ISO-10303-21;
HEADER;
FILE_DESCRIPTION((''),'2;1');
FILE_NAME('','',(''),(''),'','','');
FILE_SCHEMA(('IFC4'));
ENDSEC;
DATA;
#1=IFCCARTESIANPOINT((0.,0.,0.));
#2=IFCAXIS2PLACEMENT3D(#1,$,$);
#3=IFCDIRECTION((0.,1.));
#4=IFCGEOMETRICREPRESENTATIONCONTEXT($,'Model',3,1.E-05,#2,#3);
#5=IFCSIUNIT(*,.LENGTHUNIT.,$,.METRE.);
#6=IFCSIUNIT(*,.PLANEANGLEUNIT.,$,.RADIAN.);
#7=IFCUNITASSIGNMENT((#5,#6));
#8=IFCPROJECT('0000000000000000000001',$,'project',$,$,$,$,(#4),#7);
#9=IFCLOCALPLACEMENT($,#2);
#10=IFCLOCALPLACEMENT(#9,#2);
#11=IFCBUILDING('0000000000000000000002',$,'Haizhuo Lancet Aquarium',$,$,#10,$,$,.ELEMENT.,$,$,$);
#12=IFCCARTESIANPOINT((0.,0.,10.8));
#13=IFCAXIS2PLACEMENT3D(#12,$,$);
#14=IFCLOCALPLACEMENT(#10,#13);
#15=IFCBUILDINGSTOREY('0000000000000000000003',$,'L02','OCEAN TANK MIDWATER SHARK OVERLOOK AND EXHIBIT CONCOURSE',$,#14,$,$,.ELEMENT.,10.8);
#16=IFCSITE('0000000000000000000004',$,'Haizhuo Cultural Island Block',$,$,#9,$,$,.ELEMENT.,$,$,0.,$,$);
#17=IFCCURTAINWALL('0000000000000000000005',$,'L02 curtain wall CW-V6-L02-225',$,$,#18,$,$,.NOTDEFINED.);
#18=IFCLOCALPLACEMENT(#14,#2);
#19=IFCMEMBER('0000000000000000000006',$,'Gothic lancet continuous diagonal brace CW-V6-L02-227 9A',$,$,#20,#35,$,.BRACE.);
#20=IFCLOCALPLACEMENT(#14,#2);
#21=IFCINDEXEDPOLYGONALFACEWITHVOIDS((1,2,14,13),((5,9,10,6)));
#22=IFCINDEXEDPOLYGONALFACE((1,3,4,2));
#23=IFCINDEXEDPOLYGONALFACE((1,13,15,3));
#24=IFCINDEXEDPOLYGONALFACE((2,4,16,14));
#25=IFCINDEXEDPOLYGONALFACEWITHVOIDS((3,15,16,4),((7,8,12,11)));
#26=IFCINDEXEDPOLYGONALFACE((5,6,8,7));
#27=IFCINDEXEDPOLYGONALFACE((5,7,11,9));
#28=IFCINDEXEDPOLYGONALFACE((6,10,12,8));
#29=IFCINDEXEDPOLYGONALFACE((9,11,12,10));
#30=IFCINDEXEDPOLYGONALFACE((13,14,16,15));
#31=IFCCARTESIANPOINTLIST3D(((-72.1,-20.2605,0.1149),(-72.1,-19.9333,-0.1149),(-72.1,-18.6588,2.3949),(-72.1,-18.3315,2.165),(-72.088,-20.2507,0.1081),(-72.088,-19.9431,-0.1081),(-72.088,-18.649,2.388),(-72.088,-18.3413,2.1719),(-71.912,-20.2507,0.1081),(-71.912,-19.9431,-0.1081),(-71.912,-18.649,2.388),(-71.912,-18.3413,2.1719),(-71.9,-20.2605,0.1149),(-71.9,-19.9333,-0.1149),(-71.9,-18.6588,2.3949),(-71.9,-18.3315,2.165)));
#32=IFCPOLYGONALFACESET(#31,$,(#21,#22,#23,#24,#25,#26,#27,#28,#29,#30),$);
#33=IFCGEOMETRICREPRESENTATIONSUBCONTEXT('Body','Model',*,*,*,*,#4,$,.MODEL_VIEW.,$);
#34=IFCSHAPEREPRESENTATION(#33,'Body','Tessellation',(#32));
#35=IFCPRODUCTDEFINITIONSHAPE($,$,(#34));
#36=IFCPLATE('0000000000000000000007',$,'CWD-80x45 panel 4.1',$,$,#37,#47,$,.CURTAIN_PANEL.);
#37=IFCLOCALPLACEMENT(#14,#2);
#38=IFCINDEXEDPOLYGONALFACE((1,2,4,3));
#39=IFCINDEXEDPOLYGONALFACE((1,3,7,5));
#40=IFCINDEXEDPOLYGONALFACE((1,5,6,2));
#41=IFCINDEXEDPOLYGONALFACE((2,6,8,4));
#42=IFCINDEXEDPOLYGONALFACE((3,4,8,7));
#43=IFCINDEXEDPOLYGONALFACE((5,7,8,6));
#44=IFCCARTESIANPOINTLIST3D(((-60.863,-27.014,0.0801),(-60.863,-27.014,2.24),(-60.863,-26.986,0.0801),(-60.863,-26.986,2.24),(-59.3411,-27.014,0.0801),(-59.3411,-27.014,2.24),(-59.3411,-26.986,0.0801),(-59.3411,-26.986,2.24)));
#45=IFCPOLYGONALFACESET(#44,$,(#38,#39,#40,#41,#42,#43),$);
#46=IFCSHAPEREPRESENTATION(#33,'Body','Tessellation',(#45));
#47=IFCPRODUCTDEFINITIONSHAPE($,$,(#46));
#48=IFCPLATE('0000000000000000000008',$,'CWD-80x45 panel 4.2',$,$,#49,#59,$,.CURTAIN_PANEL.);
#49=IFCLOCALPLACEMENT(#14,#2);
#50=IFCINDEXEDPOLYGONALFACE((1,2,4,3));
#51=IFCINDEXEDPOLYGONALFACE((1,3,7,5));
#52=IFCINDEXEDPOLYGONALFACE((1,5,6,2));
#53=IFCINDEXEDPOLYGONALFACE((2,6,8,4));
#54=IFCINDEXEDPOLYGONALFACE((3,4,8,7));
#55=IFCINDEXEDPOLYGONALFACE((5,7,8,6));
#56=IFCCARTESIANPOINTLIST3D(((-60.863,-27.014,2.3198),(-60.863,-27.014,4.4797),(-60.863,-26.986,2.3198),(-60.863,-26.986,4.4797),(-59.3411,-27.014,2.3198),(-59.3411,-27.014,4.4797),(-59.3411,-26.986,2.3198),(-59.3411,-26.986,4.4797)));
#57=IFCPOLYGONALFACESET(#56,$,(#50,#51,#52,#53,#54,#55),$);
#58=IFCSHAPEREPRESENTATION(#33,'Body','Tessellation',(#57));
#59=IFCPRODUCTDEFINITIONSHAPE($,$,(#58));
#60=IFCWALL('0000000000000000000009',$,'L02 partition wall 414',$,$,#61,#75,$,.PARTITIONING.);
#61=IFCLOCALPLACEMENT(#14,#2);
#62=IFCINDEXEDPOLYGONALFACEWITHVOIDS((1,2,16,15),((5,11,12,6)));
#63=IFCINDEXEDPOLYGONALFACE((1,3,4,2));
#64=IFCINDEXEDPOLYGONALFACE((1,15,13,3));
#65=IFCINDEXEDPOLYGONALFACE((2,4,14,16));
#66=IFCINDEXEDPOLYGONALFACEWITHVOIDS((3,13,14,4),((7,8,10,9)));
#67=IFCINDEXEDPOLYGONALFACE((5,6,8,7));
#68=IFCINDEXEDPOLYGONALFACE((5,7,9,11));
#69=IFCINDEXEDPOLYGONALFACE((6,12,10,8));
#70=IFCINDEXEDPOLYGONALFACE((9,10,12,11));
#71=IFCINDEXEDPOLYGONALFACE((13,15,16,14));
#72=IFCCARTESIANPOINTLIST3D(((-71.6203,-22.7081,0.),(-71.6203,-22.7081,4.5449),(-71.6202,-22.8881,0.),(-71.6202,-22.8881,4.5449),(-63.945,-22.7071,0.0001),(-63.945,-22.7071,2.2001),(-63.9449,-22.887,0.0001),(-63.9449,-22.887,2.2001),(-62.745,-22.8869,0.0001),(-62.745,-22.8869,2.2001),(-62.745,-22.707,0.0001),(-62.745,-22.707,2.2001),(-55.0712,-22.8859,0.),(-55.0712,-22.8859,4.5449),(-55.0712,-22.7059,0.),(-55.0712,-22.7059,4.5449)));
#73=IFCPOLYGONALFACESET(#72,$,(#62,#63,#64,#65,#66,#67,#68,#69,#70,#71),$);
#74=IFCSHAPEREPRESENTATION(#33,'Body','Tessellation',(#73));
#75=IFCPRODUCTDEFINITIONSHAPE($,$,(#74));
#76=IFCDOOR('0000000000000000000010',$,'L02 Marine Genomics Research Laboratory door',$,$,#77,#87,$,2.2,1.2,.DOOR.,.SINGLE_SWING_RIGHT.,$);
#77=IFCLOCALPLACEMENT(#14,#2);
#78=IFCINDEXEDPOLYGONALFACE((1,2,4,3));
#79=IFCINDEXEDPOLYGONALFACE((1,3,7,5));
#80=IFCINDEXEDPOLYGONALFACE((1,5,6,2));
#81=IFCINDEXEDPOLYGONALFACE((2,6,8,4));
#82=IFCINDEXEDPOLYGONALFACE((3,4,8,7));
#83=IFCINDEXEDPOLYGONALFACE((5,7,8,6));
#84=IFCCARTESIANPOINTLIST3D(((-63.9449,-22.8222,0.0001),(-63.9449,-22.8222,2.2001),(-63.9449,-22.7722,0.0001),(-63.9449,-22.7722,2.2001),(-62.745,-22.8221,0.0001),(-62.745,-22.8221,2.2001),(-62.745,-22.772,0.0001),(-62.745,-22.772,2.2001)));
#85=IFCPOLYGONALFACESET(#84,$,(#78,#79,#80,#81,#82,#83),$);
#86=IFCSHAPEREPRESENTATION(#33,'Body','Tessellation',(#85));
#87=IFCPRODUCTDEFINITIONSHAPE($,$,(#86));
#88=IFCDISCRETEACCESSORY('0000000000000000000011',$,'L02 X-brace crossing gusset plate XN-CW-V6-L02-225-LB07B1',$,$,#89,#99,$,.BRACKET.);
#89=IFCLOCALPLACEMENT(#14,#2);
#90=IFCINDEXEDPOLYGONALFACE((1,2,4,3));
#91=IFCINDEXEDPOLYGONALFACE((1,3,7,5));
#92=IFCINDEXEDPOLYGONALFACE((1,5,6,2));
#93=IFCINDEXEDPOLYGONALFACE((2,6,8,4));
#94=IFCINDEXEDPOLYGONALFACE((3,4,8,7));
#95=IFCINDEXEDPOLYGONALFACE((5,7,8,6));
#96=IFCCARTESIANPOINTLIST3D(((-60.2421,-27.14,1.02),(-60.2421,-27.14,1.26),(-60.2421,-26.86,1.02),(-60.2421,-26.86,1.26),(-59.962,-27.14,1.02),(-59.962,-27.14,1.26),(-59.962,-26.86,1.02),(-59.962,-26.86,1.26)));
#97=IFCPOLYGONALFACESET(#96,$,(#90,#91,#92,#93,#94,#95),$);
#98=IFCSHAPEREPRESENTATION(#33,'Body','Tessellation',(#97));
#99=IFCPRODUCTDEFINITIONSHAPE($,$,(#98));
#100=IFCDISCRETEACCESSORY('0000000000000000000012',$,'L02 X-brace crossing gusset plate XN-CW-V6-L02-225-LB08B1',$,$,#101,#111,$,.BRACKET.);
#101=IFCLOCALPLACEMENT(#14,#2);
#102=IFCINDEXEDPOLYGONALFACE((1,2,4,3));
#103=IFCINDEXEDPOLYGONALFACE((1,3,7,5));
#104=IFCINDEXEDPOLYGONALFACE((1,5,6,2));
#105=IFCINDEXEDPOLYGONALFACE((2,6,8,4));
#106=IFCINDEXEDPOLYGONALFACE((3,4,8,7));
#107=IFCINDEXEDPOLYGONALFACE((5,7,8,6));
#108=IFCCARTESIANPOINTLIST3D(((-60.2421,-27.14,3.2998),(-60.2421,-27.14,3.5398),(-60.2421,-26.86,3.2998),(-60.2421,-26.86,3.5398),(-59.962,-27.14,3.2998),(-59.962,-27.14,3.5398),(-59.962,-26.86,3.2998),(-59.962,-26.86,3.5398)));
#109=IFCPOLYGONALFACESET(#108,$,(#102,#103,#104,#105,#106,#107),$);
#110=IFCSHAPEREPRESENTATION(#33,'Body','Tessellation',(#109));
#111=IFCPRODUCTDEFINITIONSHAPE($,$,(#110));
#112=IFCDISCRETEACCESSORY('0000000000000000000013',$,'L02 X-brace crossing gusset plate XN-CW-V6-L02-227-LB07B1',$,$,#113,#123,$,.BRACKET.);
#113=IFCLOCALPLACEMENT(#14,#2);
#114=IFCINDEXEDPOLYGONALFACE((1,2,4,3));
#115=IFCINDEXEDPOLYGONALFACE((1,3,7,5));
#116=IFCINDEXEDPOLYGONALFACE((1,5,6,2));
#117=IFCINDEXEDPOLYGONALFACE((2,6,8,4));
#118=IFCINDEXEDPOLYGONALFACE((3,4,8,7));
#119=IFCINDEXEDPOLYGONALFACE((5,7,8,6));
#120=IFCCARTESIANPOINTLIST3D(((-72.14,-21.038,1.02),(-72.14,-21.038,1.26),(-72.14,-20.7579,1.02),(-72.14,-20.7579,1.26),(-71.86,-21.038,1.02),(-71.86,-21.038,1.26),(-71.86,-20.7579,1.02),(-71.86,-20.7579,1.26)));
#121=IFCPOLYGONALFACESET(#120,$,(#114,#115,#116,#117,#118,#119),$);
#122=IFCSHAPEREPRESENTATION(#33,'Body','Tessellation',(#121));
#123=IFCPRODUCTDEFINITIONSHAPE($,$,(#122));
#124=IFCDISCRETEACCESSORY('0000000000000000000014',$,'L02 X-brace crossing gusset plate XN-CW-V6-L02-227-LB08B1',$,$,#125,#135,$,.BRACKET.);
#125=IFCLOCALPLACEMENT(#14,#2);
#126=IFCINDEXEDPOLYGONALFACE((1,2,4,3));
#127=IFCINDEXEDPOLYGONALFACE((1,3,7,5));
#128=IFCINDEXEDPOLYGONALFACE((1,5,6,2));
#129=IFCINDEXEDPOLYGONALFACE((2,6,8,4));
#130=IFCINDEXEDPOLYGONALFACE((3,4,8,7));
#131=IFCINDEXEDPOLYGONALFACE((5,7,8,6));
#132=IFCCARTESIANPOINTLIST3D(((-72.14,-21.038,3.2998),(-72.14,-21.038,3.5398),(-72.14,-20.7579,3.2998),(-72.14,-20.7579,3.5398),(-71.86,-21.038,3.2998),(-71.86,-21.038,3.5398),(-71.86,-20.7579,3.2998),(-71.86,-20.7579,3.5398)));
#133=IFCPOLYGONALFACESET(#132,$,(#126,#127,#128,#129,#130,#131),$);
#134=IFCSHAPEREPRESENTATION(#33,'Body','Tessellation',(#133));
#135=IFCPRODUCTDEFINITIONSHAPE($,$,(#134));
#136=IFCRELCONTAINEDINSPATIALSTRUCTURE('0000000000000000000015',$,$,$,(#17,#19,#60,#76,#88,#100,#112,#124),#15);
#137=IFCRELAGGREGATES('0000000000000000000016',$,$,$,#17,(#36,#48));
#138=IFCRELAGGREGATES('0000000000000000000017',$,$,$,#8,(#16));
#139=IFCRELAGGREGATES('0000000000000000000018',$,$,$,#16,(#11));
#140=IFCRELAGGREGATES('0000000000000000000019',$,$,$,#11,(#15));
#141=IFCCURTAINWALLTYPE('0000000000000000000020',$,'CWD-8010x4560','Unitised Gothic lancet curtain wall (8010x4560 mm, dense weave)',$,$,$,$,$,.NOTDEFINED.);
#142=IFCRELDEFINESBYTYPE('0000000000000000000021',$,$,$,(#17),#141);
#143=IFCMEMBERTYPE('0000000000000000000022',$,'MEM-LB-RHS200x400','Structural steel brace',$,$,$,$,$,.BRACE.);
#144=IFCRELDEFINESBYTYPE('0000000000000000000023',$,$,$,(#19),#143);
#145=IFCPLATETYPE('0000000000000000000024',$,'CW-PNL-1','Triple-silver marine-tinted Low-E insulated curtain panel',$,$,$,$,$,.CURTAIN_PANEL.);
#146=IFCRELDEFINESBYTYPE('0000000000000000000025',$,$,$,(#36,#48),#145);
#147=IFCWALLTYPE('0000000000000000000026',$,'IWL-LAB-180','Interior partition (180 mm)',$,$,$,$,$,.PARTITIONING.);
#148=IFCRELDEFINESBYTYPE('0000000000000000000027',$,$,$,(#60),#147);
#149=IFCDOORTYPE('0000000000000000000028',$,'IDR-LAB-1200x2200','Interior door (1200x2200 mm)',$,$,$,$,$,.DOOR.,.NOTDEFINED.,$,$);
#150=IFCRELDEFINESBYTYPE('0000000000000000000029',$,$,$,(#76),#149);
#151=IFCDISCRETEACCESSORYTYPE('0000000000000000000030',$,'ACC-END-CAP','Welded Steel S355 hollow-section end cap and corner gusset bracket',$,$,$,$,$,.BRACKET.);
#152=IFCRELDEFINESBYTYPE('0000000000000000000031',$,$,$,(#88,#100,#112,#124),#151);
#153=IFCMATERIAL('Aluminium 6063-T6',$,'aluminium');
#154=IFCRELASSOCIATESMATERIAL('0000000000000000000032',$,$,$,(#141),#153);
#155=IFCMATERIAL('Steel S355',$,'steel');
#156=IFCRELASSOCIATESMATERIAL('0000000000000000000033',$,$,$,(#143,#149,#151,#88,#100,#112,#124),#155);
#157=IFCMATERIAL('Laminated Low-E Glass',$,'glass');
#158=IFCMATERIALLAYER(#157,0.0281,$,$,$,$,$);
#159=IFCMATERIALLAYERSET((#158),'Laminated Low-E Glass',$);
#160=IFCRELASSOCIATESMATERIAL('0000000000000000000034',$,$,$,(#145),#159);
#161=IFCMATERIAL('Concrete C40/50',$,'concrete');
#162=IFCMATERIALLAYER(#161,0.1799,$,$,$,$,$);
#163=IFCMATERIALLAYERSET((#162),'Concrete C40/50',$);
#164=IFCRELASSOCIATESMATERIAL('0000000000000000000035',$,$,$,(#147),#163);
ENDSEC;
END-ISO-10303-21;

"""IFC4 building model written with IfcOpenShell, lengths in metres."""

from ifc_helpers import new_model, si_unit, direction, frame, frame_2d, origin, origin_2d, place, context, subcontext, project, spatial, rectangle, hollow_rectangle, extrude, material, layer, layer_set, material_profile, profile_set, type_object, element, fill, aggregate, save


model = new_model("IFC4")

# Units and contexts
model_context = context("Model", 3, precision=1e-05, world=origin(), true_north=direction((0.0, 1.0)))
body_context = subcontext(model_context, "Body", "Model", "MODEL_VIEW")
ifc_project = project(units=[si_unit("LENGTHUNIT", "METRE"), si_unit("PLANEANGLEUNIT", "RADIAN")], contexts=[model_context])

# Site, building, storey
site_placement = place(None, origin())
site = spatial("IfcSite", under=ifc_project, at=site_placement, Name="Haizhuo Cultural Island Block", CompositionType="ELEMENT", RefElevation=0.0)
building_placement = place(site_placement, origin())
building = spatial("IfcBuilding", under=site, at=building_placement, Name="Haizhuo Lancet Aquarium", CompositionType="ELEMENT")
storey_placement = place(building_placement, frame((0.0, 0.0, 10.8)))
storey = spatial("IfcBuildingStorey", under=building, at=storey_placement, Name="L02", Description="OCEAN TANK MIDWATER SHARK OVERLOOK AND EXHIBIT CONCOURSE", CompositionType="ELEMENT", Elevation=10.8)

# Shared definitions
ifc_material_1 = material(Name="Aluminium 6063-T6", Category="aluminium")
curtain_wall_type = type_object("IfcCurtainWallType", Name="CWD-8010x4560", Description="Unitised Gothic lancet curtain wall (8010x4560 mm, dense weave)", PredefinedType="NOTDEFINED", material=ifc_material_1)

# Curtain wall
curtain_wall_1_placement = place(storey_placement, origin())
curtain_wall_1 = element("IfcCurtainWall", 1, at=curtain_wall_1_placement, inside=storey, type_object=curtain_wall_type, Name="L02 curtain wall CW-V6-L02-225", PredefinedType="NOTDEFINED")

# Shared definitions
ifc_material_2 = material(Name="Steel S355", Category="steel")

# Member
ifc_material_profile_1 = material_profile(ifc_material_2, hollow_rectangle(XDim=0.2, YDim=0.3999, WallThickness=0.012, at=origin_2d()), Name="RHS 200x400x12")
ifc_profile_set_1 = profile_set([ifc_material_profile_1], Name="Steel S355")
member_type_1 = type_object("IfcMemberType", Name="MEM-LB-RHS200x400", Description="Structural steel brace", PredefinedType="BRACE", material=ifc_profile_set_1)
member_1_placement = place(storey_placement, frame((-72.0, -20.0969, 0.0), z_axis=(0.0, 0.574855, 0.818255), x_axis=(-1.0, 0.0, 0.0)))
element("IfcMember", 2, at=member_1_placement, inside=storey, type_object=member_type_1, Name="Gothic lancet continuous diagonal brace CW-V6-L02-227 9A", PredefinedType="BRACE", context=body_context, shape_type="SweptSolid", body=[
    extrude(hollow_rectangle(XDim=0.2, YDim=0.3999, WallThickness=0.012, at=origin_2d()), origin(), (0.0, 0.0, 1.0), 2.7864),
])

# Plates
ifc_material_3 = material(Name="Laminated Low-E Glass", Category="glass")
ifc_layer_1 = layer(ifc_material_3, 0.0281)
ifc_layer_set_1 = layer_set([ifc_layer_1], Name="Laminated Low-E Glass")
plate_type = type_object("IfcPlateType", Name="CW-PNL-1", Description="Triple-silver marine-tinted Low-E insulated curtain panel", PredefinedType="CURTAIN_PANEL", material=ifc_layer_set_1)
plate_1_placement = place(storey_placement, frame((-60.1021, -27.0, 0.0801), z_axis=(0.0, 0.0, 1.0), x_axis=(-1.0, 0.0, 0.0)))
plate_1 = element("IfcPlate", 3, at=plate_1_placement, type_object=plate_type, Name="CWD-80x45 panel 4.1", PredefinedType="CURTAIN_PANEL", context=body_context, shape_type="SweptSolid", body=[
    extrude(rectangle(XDim=1.522, YDim=0.0281, at=origin_2d()), origin(), (0.0, 0.0, 1.0), 2.1599),
])
plate_2_placement = place(storey_placement, frame((-60.1021, -27.0, 2.3198), z_axis=(0.0, 0.0, 1.0), x_axis=(-1.0, 0.0, 0.0)))
plate_2 = element("IfcPlate", 4, at=plate_2_placement, type_object=plate_type, Name="CWD-80x45 panel 4.2", PredefinedType="CURTAIN_PANEL", context=body_context, shape_type="SweptSolid", body=[
    extrude(rectangle(XDim=1.522, YDim=0.0281, at=origin_2d()), origin(), (0.0, 0.0, 1.0), 2.1599),
])
aggregate(curtain_wall_1, [plate_1, plate_2])

# Wall, opening, door
ifc_material_4 = material(Name="Concrete C40/50", Category="concrete")
ifc_layer_2 = layer(ifc_material_4, 0.1799)
ifc_layer_set_2 = layer_set([ifc_layer_2], Name="Concrete C40/50")
wall_type = type_object("IfcWallType", Name="IWL-LAB-180", Description="Interior partition (180 mm)", PredefinedType="PARTITIONING", material=ifc_layer_set_2)
wall_placement = place(storey_placement, frame((-71.6201, -22.7981, 0.0), z_axis=(0.0, 0.0, 1.0), x_axis=(1.0, 0.000133, 0.0)))
wall = element("IfcWall", 5, at=wall_placement, inside=storey, type_object=wall_type, Name="L02 partition wall 414", PredefinedType="PARTITIONING", context=body_context, shape_type="SweptSolid", body=[
    extrude(rectangle(XDim=16.5491, YDim=0.1799, at=frame_2d((8.2744, 0.0))), origin(), (0.0, 0.0, 1.0), 4.5449),
])
opening_placement = place(wall_placement, frame((7.675, 0.0, 0.0)))
opening = element("IfcOpeningElement", 6, at=opening_placement, cuts=wall, PredefinedType="OPENING", context=body_context, shape_type="SweptSolid", body=[
    extrude(rectangle(XDim=1.2, YDim=2.2, at=frame_2d((0.6001, 1.1001))), frame((0.0, 0.0999, 0.0), z_axis=(0.0, -1.0, 0.0), x_axis=(1.0, 0.0, 0.0)), (0.0, 0.0, 1.0), 0.1999),
])
door_type = type_object("IfcDoorType", Name="IDR-LAB-1200x2200", Description="Interior door (1200x2200 mm)", OperationType="NOTDEFINED", PredefinedType="DOOR", material=ifc_material_2)
door_placement = place(opening_placement, origin())
door = element("IfcDoor", 7, at=door_placement, inside=storey, type_object=door_type, Name="L02 Marine Genomics Research Laboratory door", OperationType="SINGLE_SWING_RIGHT", OverallHeight=2.2, OverallWidth=1.2, PredefinedType="DOOR", context=body_context, shape_type="SweptSolid", body=[
    extrude(rectangle(XDim=1.2, YDim=2.2, at=frame_2d((0.6001, 1.1001))), frame((0.0, 0.0249, 0.0), z_axis=(0.0, -1.0, 0.0), x_axis=(1.0, 0.0, 0.0)), (0.0, 0.0, 1.0), 0.05),
])
fill(opening, door)

# Discrete accessories
discrete_accessory_type = type_object("IfcDiscreteAccessoryType", Name="ACC-END-CAP", Description="Welded Steel S355 hollow-section end cap and corner gusset bracket", PredefinedType="BRACKET", material=ifc_material_2)
for number, where, z_axis, x_axis, name in (
    (8, (-60.1021, -27.0, 1.02), (0.0, 0.0, 1.0), (1.0, 0.0, 0.0), "L02 X-brace crossing gusset plate XN-CW-V6-L02-225-LB07B1"),
    (9, (-60.1021, -27.0, 3.2998), (0.0, 0.0, 1.0), (1.0, 0.0, 0.0), "L02 X-brace crossing gusset plate XN-CW-V6-L02-225-LB08B1"),
    (10, (-72.0, -20.8979, 1.02), (0.0, 0.0, 1.0), (1.0, 0.0, 0.0), "L02 X-brace crossing gusset plate XN-CW-V6-L02-227-LB07B1"),
    (11, (-72.0, -20.8979, 3.2998), (0.0, 0.0, 1.0), (1.0, 0.0, 0.0), "L02 X-brace crossing gusset plate XN-CW-V6-L02-227-LB08B1"),
):
    element("IfcDiscreteAccessory", number, at=place(storey_placement, frame(where, z_axis=z_axis, x_axis=x_axis)), inside=storey, type_object=discrete_accessory_type, material=ifc_material_2, Name=name, PredefinedType="BRACKET", context=body_context, shape_type="SweptSolid", body=[
        extrude(rectangle(XDim=0.28, YDim=0.28, at=origin_2d()), origin(), (0.0, 0.0, 1.0), 0.24),
    ])

save(model, "model.ifc")
